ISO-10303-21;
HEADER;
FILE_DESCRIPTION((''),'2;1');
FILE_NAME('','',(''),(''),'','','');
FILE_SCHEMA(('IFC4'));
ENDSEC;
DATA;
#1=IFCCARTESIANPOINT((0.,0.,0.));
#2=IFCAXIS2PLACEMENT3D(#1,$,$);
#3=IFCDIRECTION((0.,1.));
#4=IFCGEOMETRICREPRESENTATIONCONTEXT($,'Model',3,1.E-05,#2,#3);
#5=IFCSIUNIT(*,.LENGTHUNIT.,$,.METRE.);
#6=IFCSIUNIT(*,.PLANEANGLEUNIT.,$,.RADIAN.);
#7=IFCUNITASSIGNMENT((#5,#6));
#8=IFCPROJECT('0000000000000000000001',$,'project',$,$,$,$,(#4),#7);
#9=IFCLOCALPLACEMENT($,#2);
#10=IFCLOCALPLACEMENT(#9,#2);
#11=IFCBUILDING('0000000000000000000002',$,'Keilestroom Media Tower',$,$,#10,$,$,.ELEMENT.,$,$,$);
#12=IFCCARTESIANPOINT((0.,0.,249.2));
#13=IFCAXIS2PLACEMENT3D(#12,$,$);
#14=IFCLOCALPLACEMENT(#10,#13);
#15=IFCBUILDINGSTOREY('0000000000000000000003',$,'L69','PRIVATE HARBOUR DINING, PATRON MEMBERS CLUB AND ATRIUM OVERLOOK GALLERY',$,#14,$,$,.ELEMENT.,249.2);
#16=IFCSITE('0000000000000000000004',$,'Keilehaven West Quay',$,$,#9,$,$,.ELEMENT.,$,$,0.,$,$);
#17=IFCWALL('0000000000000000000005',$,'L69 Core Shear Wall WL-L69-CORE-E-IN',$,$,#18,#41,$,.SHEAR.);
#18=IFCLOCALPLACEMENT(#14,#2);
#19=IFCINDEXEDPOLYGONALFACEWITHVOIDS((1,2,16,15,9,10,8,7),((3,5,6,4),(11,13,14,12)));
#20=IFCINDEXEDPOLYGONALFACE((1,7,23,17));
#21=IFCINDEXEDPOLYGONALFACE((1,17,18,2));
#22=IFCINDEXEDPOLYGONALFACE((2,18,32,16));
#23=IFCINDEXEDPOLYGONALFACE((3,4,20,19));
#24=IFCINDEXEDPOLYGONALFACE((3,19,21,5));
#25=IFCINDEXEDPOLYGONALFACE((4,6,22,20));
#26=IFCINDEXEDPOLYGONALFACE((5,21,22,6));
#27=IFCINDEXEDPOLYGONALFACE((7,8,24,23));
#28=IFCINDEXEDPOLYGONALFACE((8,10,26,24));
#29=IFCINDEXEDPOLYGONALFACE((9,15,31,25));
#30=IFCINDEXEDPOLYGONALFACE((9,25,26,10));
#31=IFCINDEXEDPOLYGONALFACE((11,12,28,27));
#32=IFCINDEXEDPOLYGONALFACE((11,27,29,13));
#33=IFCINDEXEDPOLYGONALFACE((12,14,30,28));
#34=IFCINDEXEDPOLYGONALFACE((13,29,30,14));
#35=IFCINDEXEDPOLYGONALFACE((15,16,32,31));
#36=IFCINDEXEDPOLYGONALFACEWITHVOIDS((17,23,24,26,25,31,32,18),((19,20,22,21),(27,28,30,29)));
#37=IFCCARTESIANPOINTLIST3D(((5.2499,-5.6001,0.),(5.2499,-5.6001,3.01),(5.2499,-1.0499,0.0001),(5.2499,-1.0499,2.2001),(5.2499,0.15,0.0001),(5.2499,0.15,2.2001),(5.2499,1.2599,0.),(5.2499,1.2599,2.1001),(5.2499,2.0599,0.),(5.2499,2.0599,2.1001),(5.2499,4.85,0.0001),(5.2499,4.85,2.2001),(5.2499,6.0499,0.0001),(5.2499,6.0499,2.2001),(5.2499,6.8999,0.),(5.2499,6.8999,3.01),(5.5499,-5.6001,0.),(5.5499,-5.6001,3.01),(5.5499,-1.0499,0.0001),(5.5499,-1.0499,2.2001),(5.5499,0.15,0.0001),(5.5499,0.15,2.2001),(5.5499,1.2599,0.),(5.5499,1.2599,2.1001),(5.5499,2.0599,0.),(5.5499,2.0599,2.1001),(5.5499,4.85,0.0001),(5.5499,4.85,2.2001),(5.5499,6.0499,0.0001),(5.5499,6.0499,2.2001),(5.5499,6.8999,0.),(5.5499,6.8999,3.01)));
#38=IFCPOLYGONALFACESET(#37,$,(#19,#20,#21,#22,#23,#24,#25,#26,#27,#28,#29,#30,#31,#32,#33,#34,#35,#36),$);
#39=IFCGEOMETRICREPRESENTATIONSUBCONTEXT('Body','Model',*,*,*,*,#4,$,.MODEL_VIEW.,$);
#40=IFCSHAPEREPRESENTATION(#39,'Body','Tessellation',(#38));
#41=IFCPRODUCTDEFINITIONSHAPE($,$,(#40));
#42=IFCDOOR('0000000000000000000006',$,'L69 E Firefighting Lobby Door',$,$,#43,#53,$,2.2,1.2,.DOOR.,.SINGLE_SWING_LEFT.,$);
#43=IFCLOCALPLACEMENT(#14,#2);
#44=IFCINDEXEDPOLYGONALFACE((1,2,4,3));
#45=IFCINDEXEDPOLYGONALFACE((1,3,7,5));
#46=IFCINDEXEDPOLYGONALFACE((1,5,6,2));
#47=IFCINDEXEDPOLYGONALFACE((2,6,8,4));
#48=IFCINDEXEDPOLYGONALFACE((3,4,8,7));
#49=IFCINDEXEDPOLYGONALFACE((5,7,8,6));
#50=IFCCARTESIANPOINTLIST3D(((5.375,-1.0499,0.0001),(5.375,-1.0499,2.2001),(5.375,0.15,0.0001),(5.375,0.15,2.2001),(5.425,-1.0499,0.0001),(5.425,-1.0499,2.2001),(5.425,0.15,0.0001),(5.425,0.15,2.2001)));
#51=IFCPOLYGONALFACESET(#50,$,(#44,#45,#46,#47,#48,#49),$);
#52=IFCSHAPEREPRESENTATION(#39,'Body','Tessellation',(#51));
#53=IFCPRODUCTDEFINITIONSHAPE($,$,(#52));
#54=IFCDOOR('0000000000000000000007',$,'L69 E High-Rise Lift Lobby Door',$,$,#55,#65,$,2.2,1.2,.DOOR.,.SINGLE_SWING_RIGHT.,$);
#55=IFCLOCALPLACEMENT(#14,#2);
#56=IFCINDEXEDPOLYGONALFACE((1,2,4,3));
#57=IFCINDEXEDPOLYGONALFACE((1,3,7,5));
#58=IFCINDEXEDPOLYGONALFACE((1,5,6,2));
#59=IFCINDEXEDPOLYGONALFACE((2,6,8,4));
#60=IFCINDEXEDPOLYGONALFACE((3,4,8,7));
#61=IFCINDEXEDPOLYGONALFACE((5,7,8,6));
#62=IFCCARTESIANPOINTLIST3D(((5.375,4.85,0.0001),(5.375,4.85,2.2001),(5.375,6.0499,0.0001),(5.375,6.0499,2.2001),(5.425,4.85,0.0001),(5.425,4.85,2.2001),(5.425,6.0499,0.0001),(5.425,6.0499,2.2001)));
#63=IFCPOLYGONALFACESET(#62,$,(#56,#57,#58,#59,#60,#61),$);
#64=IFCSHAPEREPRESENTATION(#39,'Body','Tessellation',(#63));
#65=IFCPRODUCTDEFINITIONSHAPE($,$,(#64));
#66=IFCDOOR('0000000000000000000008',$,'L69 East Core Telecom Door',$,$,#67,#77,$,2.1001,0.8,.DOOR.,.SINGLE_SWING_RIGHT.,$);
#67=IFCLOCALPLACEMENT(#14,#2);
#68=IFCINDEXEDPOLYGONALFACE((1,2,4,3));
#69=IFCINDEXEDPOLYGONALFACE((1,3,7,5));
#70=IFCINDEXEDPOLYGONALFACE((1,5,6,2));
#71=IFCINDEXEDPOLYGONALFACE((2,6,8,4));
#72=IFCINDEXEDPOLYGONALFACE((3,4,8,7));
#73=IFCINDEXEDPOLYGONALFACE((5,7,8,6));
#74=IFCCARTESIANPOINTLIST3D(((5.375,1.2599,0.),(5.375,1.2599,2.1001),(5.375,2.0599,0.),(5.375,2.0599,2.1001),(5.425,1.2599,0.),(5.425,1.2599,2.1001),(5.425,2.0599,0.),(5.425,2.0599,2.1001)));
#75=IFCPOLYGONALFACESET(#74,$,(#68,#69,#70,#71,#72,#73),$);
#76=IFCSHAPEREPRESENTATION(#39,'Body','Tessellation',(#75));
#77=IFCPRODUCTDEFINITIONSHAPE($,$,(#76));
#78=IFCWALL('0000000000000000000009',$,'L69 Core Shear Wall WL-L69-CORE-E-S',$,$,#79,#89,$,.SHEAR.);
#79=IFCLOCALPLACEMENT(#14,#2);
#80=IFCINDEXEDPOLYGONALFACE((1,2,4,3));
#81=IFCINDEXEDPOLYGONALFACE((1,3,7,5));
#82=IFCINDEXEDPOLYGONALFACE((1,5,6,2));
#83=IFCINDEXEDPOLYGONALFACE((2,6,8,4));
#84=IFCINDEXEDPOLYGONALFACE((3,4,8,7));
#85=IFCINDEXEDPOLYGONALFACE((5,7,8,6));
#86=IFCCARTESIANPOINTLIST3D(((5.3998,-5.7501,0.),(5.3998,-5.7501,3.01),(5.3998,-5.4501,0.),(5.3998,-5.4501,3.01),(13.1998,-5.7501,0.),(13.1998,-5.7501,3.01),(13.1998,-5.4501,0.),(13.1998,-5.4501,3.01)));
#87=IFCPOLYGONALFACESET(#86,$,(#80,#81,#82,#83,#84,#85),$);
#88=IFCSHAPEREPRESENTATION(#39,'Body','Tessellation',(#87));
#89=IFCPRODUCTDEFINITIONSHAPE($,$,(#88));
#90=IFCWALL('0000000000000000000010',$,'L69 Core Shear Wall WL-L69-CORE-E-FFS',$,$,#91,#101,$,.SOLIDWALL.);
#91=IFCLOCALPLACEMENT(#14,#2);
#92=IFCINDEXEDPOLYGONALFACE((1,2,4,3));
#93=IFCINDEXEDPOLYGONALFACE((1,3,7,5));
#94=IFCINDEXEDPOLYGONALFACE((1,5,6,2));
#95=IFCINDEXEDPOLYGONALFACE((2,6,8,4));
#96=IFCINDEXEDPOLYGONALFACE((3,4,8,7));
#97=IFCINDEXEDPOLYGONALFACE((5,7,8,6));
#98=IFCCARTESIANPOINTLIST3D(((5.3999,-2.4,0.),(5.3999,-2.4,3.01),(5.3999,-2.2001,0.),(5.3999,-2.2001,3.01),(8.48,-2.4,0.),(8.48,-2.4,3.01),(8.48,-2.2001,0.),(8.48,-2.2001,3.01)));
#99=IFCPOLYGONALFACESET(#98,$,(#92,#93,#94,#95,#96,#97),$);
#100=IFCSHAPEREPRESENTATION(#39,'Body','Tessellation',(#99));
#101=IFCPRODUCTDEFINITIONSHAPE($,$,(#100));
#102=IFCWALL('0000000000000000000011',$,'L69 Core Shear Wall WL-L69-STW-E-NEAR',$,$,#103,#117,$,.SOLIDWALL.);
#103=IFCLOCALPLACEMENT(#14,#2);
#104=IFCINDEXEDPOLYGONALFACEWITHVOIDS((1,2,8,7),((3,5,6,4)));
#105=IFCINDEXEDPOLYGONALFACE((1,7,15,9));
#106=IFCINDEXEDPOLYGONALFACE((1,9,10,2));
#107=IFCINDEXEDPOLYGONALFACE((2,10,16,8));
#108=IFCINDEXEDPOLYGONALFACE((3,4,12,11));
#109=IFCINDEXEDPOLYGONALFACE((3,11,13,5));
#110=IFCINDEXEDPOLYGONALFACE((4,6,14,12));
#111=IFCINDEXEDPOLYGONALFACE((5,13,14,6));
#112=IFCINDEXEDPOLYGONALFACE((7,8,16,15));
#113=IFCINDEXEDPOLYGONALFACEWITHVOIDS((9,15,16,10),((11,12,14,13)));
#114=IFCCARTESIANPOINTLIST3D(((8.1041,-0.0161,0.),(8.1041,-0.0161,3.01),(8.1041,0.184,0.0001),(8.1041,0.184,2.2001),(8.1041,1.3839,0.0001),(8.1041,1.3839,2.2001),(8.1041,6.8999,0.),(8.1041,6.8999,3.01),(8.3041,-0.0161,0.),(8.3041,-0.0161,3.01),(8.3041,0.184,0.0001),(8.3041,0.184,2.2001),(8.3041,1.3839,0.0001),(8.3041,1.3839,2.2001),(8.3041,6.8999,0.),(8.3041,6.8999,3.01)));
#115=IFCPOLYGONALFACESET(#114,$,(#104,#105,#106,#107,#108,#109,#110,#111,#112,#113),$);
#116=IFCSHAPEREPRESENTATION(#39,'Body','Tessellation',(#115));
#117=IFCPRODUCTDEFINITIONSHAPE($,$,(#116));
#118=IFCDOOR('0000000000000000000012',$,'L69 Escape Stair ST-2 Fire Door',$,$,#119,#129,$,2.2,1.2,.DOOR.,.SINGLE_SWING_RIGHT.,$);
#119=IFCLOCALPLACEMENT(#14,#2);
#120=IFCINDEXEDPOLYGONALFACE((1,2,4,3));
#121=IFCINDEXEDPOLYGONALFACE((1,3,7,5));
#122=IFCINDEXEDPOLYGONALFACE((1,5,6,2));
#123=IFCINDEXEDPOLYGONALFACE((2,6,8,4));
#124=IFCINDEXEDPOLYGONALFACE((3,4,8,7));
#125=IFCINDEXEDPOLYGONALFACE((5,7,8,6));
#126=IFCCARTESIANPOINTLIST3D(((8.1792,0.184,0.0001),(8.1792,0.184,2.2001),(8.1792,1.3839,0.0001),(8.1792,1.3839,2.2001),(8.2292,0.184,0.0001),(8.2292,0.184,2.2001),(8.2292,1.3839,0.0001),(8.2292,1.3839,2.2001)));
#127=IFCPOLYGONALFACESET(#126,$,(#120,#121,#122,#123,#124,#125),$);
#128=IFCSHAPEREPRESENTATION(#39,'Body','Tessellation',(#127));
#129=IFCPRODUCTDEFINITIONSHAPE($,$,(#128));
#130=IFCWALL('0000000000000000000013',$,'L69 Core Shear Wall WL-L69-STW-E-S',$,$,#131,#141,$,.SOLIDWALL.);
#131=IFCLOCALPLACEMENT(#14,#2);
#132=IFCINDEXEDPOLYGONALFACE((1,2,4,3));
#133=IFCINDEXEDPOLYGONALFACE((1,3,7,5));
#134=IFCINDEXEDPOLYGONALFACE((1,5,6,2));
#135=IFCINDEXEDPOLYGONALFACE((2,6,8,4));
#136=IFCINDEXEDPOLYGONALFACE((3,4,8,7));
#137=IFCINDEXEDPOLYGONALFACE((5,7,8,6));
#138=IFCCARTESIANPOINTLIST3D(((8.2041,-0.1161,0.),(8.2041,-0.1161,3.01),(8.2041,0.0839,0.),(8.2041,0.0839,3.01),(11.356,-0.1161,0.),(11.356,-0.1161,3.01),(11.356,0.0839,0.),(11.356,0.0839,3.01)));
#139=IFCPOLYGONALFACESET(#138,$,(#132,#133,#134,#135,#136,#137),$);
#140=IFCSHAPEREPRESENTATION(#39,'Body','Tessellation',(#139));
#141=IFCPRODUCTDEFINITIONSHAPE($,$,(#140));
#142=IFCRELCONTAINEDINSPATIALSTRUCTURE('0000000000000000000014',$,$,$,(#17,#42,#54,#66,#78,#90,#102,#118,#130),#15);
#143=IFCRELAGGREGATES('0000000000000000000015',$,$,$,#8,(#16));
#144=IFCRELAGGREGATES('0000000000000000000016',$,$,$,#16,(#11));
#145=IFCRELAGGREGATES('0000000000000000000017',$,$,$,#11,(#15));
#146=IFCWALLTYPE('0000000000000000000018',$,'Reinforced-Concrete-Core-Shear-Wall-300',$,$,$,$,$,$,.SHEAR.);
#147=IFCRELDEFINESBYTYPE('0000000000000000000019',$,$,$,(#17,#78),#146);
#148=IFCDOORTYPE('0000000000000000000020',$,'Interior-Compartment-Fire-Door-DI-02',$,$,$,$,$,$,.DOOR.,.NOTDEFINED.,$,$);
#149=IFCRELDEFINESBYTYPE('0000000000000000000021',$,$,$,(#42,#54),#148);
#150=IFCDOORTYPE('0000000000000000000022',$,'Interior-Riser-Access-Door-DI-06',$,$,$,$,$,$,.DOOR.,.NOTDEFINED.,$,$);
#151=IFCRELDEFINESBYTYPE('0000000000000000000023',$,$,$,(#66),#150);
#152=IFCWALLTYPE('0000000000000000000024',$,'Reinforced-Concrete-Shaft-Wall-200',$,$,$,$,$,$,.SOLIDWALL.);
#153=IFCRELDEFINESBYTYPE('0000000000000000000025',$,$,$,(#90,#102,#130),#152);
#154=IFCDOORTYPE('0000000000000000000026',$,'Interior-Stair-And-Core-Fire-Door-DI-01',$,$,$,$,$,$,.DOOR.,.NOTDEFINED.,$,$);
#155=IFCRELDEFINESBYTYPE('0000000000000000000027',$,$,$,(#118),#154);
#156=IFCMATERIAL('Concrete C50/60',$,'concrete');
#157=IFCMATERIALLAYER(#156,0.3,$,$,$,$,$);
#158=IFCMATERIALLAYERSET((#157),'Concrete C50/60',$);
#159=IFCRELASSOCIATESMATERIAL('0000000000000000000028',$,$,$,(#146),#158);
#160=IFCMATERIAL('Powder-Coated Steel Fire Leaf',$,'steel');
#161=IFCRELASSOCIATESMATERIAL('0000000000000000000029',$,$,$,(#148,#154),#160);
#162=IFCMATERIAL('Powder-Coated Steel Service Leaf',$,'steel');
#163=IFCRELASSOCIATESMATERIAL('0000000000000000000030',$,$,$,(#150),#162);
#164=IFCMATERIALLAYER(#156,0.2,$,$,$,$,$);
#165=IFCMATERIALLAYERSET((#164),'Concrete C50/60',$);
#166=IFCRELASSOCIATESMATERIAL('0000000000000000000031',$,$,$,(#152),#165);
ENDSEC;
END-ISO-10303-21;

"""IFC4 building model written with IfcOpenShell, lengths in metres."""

from ifc_helpers import new_model, si_unit, direction, frame, frame_2d, origin, place, context, subcontext, project, spatial, rectangle, extrude, source, transform, mapped, material, layer, layer_set, type_object, element, fill, save


model = new_model("IFC4")

# Units and contexts
model_context = context("Model", 3, precision=1e-05, world=origin(), true_north=direction((0.0, 1.0)))
body_context = subcontext(model_context, "Body", "Model", "MODEL_VIEW")
ifc_project = project(units=[si_unit("LENGTHUNIT", "METRE"), si_unit("PLANEANGLEUNIT", "RADIAN")], contexts=[model_context])

# Site, building, storey
site_placement = place(None, origin())
site = spatial("IfcSite", under=ifc_project, at=site_placement, Name="Keilehaven West Quay", CompositionType="ELEMENT", RefElevation=0.0)
building_placement = place(site_placement, origin())
building = spatial("IfcBuilding", under=site, at=building_placement, Name="Keilestroom Media Tower", CompositionType="ELEMENT")
storey_placement = place(building_placement, frame((0.0, 0.0, 249.2)))
storey = spatial("IfcBuildingStorey", under=building, at=storey_placement, Name="L69", Description="PRIVATE HARBOUR DINING, PATRON MEMBERS CLUB AND ATRIUM OVERLOOK GALLERY", CompositionType="ELEMENT", Elevation=249.2)

# Shared definitions
ifc_material_1 = material(Name="Concrete C50/60", Category="concrete")

# Wall, openings, doors
ifc_layer_1 = layer(ifc_material_1, 0.3)
ifc_layer_set_1 = layer_set([ifc_layer_1], Name="Concrete C50/60")
wall_type_1 = type_object("IfcWallType", Name="Reinforced-Concrete-Core-Shear-Wall-300", PredefinedType="SHEAR", material=ifc_layer_set_1)
wall_1_placement = place(storey_placement, frame((5.3999, -5.6001, 0.0), z_axis=(0.0, 0.0, 1.0), x_axis=(0.0, 1.0, 0.0)))
wall_1 = element("IfcWall", 1, at=wall_1_placement, inside=storey, type_object=wall_type_1, Name="L69 Core Shear Wall WL-L69-CORE-E-IN", PredefinedType="SHEAR", context=body_context, shape_type="SweptSolid", body=[
    extrude(rectangle(XDim=12.5, YDim=0.3, at=frame_2d((6.25, 0.0))), origin(), (0.0, 0.0, 1.0), 3.01),
])
opening_1_placement = place(wall_1_placement, frame((4.55, 0.0, 0.0)))
opening_1 = element("IfcOpeningElement", 2, at=opening_1_placement, cuts=wall_1, PredefinedType="OPENING", context=body_context, shape_type="SweptSolid", body=[
    extrude(rectangle(XDim=1.2, YDim=2.2, at=frame_2d((0.6001, 1.1001))), frame((0.0, 0.1602, 0.0), z_axis=(0.0, -1.0, 0.0), x_axis=(1.0, 0.0, 0.0)), (0.0, 0.0, 1.0), 0.3201),
])
opening_2_placement = place(wall_1_placement, frame((10.45, 0.0, 0.0)))
opening_2 = element("IfcOpeningElement", 3, at=opening_2_placement, cuts=wall_1, PredefinedType="OPENING", context=body_context, shape_type="SweptSolid", body=[
    extrude(rectangle(XDim=1.2, YDim=2.2, at=frame_2d((0.6001, 1.1001))), frame((0.0, 0.1602, 0.0), z_axis=(0.0, -1.0, 0.0), x_axis=(1.0, 0.0, 0.0)), (0.0, 0.0, 1.0), 0.3201),
])
opening_3_placement = place(wall_1_placement, frame((6.8601, 0.0, 0.0)))
opening_3 = element("IfcOpeningElement", 4, at=opening_3_placement, cuts=wall_1, PredefinedType="OPENING", context=body_context, shape_type="SweptSolid", body=[
    extrude(rectangle(XDim=0.8, YDim=2.1001, at=frame_2d((0.3999, 1.05))), frame((0.0, 0.1602, 0.0), z_axis=(0.0, -1.0, 0.0), x_axis=(1.0, 0.0, 0.0)), (0.0, 0.0, 1.0), 0.3201),
])
ifc_material_2 = material(Name="Powder-Coated Steel Fire Leaf", Category="steel")
door_type_1 = type_object("IfcDoorType", Name="Interior-Compartment-Fire-Door-DI-02", OperationType="NOTDEFINED", PredefinedType="DOOR", material=ifc_material_2)
shared_shape_1 = source(origin(), body_context, "Body", "SweptSolid", [
    extrude(rectangle(XDim=1.2, YDim=2.2, at=frame_2d((0.6001, 1.1001))), frame((0.0, 0.0249, 0.0), z_axis=(0.0, -1.0, 0.0), x_axis=(1.0, 0.0, 0.0)), (0.0, 0.0, 1.0), 0.05),
])
door_1_placement = place(opening_1_placement, origin())
door_1 = element("IfcDoor", 5, at=door_1_placement, inside=storey, type_object=door_type_1, Name="L69 E Firefighting Lobby Door", OperationType="SINGLE_SWING_LEFT", OverallHeight=2.2, OverallWidth=1.2, PredefinedType="DOOR", context=body_context, shape_type="MappedRepresentation", body=[
    mapped(shared_shape_1, transform((0.0, 0.0, 0.0), x_axis=(1.0, 0.0, 0.0), y_axis=(0.0, 1.0, 0.0), z_axis=(0.0, 0.0, 1.0), scale=1.0)),
])
fill(opening_1, door_1)
door_2_placement = place(opening_2_placement, origin())
door_2 = element("IfcDoor", 6, at=door_2_placement, inside=storey, type_object=door_type_1, Name="L69 E High-Rise Lift Lobby Door", OperationType="SINGLE_SWING_RIGHT", OverallHeight=2.2, OverallWidth=1.2, PredefinedType="DOOR", context=body_context, shape_type="MappedRepresentation", body=[
    mapped(shared_shape_1, transform((0.0, 0.0, 0.0), x_axis=(1.0, 0.0, 0.0), y_axis=(0.0, 1.0, 0.0), z_axis=(0.0, 0.0, 1.0), scale=1.0)),
])
fill(opening_2, door_2)
ifc_material_3 = material(Name="Powder-Coated Steel Service Leaf", Category="steel")
door_type_2 = type_object("IfcDoorType", Name="Interior-Riser-Access-Door-DI-06", OperationType="NOTDEFINED", PredefinedType="DOOR", material=ifc_material_3)
shared_shape_2 = source(origin(), body_context, "Body", "SweptSolid", [
    extrude(rectangle(XDim=0.8, YDim=2.1001, at=frame_2d((0.3999, 1.05))), frame((0.0, 0.0249, 0.0), z_axis=(0.0, -1.0, 0.0), x_axis=(1.0, 0.0, 0.0)), (0.0, 0.0, 1.0), 0.05),
])
door_3_placement = place(opening_3_placement, origin())
door_3 = element("IfcDoor", 7, at=door_3_placement, inside=storey, type_object=door_type_2, Name="L69 East Core Telecom Door", OperationType="SINGLE_SWING_RIGHT", OverallHeight=2.1001, OverallWidth=0.8, PredefinedType="DOOR", context=body_context, shape_type="MappedRepresentation", body=[
    mapped(shared_shape_2, transform((0.0, 0.0, 0.0), x_axis=(1.0, 0.0, 0.0), y_axis=(0.0, 1.0, 0.0), z_axis=(0.0, 0.0, 1.0), scale=1.0)),
])
fill(opening_3, door_3)

# Walls
wall_2_placement = place(storey_placement, frame((5.3999, -5.6001, 0.0), z_axis=(0.0, 0.0, 1.0), x_axis=(1.0, 0.0, 0.0)))
element("IfcWall", 8, at=wall_2_placement, inside=storey, type_object=wall_type_1, Name="L69 Core Shear Wall WL-L69-CORE-E-S", PredefinedType="SHEAR", context=body_context, shape_type="SweptSolid", body=[
    extrude(rectangle(XDim=7.8, YDim=0.3, at=frame_2d((3.8999, 0.0))), origin(), (0.0, 0.0, 1.0), 3.01),
])
ifc_layer_2 = layer(ifc_material_1, 0.2)
ifc_layer_set_2 = layer_set([ifc_layer_2], Name="Concrete C50/60")
wall_type_2 = type_object("IfcWallType", Name="Reinforced-Concrete-Shaft-Wall-200", PredefinedType="SOLIDWALL", material=ifc_layer_set_2)
wall_3_placement = place(storey_placement, frame((5.3999, -2.3, 0.0), z_axis=(0.0, 0.0, 1.0), x_axis=(1.0, 0.0, 0.0)))
element("IfcWall", 9, at=wall_3_placement, inside=storey, type_object=wall_type_2, Name="L69 Core Shear Wall WL-L69-CORE-E-FFS", PredefinedType="SOLIDWALL", context=body_context, shape_type="SweptSolid", body=[
    extrude(rectangle(XDim=3.0801, YDim=0.2, at=frame_2d((1.54, 0.0))), origin(), (0.0, 0.0, 1.0), 3.01),
])

# Wall, opening, door
wall_4_placement = place(storey_placement, frame((8.2041, -0.0161, 0.0), z_axis=(0.0, 0.0, 1.0), x_axis=(0.0, 1.0, 0.0)))
wall_4 = element("IfcWall", 10, at=wall_4_placement, inside=storey, type_object=wall_type_2, Name="L69 Core Shear Wall WL-L69-STW-E-NEAR", PredefinedType="SOLIDWALL", context=body_context, shape_type="SweptSolid", body=[
    extrude(rectangle(XDim=6.916, YDim=0.2, at=frame_2d((3.458, 0.0))), origin(), (0.0, 0.0, 1.0), 3.01),
])
opening_4_placement = place(wall_4_placement, frame((0.2, 0.0, 0.0)))
opening_4 = element("IfcOpeningElement", 11, at=opening_4_placement, cuts=wall_4, PredefinedType="OPENING", context=body_context, shape_type="SweptSolid", body=[
    extrude(rectangle(XDim=1.2, YDim=2.2, at=frame_2d((0.6001, 1.1001))), frame((0.0, 0.1099, 0.0), z_axis=(0.0, -1.0, 0.0), x_axis=(1.0, 0.0, 0.0)), (0.0, 0.0, 1.0), 0.22),
])
door_type_3 = type_object("IfcDoorType", Name="Interior-Stair-And-Core-Fire-Door-DI-01", OperationType="NOTDEFINED", PredefinedType="DOOR", material=ifc_material_2)
door_4_placement = place(opening_4_placement, origin())
door_4 = element("IfcDoor", 12, at=door_4_placement, inside=storey, type_object=door_type_3, Name="L69 Escape Stair ST-2 Fire Door", OperationType="SINGLE_SWING_RIGHT", OverallHeight=2.2, OverallWidth=1.2, PredefinedType="DOOR", context=body_context, shape_type="MappedRepresentation", body=[
    mapped(shared_shape_1, transform((0.0, 0.0, 0.0), x_axis=(1.0, 0.0, 0.0), y_axis=(0.0, 1.0, 0.0), z_axis=(0.0, 0.0, 1.0), scale=1.0)),
])
fill(opening_4, door_4)

# Wall
wall_5_placement = place(storey_placement, frame((8.2041, -0.0161, 0.0), z_axis=(0.0, 0.0, 1.0), x_axis=(1.0, 0.0, 0.0)))
element("IfcWall", 13, at=wall_5_placement, inside=storey, type_object=wall_type_2, Name="L69 Core Shear Wall WL-L69-STW-E-S", PredefinedType="SOLIDWALL", context=body_context, shape_type="SweptSolid", body=[
    extrude(rectangle(XDim=3.1519, YDim=0.2, at=frame_2d((1.5759, 0.0))), origin(), (0.0, 0.0, 1.0), 3.01),
])

save(model, "model.ifc")
